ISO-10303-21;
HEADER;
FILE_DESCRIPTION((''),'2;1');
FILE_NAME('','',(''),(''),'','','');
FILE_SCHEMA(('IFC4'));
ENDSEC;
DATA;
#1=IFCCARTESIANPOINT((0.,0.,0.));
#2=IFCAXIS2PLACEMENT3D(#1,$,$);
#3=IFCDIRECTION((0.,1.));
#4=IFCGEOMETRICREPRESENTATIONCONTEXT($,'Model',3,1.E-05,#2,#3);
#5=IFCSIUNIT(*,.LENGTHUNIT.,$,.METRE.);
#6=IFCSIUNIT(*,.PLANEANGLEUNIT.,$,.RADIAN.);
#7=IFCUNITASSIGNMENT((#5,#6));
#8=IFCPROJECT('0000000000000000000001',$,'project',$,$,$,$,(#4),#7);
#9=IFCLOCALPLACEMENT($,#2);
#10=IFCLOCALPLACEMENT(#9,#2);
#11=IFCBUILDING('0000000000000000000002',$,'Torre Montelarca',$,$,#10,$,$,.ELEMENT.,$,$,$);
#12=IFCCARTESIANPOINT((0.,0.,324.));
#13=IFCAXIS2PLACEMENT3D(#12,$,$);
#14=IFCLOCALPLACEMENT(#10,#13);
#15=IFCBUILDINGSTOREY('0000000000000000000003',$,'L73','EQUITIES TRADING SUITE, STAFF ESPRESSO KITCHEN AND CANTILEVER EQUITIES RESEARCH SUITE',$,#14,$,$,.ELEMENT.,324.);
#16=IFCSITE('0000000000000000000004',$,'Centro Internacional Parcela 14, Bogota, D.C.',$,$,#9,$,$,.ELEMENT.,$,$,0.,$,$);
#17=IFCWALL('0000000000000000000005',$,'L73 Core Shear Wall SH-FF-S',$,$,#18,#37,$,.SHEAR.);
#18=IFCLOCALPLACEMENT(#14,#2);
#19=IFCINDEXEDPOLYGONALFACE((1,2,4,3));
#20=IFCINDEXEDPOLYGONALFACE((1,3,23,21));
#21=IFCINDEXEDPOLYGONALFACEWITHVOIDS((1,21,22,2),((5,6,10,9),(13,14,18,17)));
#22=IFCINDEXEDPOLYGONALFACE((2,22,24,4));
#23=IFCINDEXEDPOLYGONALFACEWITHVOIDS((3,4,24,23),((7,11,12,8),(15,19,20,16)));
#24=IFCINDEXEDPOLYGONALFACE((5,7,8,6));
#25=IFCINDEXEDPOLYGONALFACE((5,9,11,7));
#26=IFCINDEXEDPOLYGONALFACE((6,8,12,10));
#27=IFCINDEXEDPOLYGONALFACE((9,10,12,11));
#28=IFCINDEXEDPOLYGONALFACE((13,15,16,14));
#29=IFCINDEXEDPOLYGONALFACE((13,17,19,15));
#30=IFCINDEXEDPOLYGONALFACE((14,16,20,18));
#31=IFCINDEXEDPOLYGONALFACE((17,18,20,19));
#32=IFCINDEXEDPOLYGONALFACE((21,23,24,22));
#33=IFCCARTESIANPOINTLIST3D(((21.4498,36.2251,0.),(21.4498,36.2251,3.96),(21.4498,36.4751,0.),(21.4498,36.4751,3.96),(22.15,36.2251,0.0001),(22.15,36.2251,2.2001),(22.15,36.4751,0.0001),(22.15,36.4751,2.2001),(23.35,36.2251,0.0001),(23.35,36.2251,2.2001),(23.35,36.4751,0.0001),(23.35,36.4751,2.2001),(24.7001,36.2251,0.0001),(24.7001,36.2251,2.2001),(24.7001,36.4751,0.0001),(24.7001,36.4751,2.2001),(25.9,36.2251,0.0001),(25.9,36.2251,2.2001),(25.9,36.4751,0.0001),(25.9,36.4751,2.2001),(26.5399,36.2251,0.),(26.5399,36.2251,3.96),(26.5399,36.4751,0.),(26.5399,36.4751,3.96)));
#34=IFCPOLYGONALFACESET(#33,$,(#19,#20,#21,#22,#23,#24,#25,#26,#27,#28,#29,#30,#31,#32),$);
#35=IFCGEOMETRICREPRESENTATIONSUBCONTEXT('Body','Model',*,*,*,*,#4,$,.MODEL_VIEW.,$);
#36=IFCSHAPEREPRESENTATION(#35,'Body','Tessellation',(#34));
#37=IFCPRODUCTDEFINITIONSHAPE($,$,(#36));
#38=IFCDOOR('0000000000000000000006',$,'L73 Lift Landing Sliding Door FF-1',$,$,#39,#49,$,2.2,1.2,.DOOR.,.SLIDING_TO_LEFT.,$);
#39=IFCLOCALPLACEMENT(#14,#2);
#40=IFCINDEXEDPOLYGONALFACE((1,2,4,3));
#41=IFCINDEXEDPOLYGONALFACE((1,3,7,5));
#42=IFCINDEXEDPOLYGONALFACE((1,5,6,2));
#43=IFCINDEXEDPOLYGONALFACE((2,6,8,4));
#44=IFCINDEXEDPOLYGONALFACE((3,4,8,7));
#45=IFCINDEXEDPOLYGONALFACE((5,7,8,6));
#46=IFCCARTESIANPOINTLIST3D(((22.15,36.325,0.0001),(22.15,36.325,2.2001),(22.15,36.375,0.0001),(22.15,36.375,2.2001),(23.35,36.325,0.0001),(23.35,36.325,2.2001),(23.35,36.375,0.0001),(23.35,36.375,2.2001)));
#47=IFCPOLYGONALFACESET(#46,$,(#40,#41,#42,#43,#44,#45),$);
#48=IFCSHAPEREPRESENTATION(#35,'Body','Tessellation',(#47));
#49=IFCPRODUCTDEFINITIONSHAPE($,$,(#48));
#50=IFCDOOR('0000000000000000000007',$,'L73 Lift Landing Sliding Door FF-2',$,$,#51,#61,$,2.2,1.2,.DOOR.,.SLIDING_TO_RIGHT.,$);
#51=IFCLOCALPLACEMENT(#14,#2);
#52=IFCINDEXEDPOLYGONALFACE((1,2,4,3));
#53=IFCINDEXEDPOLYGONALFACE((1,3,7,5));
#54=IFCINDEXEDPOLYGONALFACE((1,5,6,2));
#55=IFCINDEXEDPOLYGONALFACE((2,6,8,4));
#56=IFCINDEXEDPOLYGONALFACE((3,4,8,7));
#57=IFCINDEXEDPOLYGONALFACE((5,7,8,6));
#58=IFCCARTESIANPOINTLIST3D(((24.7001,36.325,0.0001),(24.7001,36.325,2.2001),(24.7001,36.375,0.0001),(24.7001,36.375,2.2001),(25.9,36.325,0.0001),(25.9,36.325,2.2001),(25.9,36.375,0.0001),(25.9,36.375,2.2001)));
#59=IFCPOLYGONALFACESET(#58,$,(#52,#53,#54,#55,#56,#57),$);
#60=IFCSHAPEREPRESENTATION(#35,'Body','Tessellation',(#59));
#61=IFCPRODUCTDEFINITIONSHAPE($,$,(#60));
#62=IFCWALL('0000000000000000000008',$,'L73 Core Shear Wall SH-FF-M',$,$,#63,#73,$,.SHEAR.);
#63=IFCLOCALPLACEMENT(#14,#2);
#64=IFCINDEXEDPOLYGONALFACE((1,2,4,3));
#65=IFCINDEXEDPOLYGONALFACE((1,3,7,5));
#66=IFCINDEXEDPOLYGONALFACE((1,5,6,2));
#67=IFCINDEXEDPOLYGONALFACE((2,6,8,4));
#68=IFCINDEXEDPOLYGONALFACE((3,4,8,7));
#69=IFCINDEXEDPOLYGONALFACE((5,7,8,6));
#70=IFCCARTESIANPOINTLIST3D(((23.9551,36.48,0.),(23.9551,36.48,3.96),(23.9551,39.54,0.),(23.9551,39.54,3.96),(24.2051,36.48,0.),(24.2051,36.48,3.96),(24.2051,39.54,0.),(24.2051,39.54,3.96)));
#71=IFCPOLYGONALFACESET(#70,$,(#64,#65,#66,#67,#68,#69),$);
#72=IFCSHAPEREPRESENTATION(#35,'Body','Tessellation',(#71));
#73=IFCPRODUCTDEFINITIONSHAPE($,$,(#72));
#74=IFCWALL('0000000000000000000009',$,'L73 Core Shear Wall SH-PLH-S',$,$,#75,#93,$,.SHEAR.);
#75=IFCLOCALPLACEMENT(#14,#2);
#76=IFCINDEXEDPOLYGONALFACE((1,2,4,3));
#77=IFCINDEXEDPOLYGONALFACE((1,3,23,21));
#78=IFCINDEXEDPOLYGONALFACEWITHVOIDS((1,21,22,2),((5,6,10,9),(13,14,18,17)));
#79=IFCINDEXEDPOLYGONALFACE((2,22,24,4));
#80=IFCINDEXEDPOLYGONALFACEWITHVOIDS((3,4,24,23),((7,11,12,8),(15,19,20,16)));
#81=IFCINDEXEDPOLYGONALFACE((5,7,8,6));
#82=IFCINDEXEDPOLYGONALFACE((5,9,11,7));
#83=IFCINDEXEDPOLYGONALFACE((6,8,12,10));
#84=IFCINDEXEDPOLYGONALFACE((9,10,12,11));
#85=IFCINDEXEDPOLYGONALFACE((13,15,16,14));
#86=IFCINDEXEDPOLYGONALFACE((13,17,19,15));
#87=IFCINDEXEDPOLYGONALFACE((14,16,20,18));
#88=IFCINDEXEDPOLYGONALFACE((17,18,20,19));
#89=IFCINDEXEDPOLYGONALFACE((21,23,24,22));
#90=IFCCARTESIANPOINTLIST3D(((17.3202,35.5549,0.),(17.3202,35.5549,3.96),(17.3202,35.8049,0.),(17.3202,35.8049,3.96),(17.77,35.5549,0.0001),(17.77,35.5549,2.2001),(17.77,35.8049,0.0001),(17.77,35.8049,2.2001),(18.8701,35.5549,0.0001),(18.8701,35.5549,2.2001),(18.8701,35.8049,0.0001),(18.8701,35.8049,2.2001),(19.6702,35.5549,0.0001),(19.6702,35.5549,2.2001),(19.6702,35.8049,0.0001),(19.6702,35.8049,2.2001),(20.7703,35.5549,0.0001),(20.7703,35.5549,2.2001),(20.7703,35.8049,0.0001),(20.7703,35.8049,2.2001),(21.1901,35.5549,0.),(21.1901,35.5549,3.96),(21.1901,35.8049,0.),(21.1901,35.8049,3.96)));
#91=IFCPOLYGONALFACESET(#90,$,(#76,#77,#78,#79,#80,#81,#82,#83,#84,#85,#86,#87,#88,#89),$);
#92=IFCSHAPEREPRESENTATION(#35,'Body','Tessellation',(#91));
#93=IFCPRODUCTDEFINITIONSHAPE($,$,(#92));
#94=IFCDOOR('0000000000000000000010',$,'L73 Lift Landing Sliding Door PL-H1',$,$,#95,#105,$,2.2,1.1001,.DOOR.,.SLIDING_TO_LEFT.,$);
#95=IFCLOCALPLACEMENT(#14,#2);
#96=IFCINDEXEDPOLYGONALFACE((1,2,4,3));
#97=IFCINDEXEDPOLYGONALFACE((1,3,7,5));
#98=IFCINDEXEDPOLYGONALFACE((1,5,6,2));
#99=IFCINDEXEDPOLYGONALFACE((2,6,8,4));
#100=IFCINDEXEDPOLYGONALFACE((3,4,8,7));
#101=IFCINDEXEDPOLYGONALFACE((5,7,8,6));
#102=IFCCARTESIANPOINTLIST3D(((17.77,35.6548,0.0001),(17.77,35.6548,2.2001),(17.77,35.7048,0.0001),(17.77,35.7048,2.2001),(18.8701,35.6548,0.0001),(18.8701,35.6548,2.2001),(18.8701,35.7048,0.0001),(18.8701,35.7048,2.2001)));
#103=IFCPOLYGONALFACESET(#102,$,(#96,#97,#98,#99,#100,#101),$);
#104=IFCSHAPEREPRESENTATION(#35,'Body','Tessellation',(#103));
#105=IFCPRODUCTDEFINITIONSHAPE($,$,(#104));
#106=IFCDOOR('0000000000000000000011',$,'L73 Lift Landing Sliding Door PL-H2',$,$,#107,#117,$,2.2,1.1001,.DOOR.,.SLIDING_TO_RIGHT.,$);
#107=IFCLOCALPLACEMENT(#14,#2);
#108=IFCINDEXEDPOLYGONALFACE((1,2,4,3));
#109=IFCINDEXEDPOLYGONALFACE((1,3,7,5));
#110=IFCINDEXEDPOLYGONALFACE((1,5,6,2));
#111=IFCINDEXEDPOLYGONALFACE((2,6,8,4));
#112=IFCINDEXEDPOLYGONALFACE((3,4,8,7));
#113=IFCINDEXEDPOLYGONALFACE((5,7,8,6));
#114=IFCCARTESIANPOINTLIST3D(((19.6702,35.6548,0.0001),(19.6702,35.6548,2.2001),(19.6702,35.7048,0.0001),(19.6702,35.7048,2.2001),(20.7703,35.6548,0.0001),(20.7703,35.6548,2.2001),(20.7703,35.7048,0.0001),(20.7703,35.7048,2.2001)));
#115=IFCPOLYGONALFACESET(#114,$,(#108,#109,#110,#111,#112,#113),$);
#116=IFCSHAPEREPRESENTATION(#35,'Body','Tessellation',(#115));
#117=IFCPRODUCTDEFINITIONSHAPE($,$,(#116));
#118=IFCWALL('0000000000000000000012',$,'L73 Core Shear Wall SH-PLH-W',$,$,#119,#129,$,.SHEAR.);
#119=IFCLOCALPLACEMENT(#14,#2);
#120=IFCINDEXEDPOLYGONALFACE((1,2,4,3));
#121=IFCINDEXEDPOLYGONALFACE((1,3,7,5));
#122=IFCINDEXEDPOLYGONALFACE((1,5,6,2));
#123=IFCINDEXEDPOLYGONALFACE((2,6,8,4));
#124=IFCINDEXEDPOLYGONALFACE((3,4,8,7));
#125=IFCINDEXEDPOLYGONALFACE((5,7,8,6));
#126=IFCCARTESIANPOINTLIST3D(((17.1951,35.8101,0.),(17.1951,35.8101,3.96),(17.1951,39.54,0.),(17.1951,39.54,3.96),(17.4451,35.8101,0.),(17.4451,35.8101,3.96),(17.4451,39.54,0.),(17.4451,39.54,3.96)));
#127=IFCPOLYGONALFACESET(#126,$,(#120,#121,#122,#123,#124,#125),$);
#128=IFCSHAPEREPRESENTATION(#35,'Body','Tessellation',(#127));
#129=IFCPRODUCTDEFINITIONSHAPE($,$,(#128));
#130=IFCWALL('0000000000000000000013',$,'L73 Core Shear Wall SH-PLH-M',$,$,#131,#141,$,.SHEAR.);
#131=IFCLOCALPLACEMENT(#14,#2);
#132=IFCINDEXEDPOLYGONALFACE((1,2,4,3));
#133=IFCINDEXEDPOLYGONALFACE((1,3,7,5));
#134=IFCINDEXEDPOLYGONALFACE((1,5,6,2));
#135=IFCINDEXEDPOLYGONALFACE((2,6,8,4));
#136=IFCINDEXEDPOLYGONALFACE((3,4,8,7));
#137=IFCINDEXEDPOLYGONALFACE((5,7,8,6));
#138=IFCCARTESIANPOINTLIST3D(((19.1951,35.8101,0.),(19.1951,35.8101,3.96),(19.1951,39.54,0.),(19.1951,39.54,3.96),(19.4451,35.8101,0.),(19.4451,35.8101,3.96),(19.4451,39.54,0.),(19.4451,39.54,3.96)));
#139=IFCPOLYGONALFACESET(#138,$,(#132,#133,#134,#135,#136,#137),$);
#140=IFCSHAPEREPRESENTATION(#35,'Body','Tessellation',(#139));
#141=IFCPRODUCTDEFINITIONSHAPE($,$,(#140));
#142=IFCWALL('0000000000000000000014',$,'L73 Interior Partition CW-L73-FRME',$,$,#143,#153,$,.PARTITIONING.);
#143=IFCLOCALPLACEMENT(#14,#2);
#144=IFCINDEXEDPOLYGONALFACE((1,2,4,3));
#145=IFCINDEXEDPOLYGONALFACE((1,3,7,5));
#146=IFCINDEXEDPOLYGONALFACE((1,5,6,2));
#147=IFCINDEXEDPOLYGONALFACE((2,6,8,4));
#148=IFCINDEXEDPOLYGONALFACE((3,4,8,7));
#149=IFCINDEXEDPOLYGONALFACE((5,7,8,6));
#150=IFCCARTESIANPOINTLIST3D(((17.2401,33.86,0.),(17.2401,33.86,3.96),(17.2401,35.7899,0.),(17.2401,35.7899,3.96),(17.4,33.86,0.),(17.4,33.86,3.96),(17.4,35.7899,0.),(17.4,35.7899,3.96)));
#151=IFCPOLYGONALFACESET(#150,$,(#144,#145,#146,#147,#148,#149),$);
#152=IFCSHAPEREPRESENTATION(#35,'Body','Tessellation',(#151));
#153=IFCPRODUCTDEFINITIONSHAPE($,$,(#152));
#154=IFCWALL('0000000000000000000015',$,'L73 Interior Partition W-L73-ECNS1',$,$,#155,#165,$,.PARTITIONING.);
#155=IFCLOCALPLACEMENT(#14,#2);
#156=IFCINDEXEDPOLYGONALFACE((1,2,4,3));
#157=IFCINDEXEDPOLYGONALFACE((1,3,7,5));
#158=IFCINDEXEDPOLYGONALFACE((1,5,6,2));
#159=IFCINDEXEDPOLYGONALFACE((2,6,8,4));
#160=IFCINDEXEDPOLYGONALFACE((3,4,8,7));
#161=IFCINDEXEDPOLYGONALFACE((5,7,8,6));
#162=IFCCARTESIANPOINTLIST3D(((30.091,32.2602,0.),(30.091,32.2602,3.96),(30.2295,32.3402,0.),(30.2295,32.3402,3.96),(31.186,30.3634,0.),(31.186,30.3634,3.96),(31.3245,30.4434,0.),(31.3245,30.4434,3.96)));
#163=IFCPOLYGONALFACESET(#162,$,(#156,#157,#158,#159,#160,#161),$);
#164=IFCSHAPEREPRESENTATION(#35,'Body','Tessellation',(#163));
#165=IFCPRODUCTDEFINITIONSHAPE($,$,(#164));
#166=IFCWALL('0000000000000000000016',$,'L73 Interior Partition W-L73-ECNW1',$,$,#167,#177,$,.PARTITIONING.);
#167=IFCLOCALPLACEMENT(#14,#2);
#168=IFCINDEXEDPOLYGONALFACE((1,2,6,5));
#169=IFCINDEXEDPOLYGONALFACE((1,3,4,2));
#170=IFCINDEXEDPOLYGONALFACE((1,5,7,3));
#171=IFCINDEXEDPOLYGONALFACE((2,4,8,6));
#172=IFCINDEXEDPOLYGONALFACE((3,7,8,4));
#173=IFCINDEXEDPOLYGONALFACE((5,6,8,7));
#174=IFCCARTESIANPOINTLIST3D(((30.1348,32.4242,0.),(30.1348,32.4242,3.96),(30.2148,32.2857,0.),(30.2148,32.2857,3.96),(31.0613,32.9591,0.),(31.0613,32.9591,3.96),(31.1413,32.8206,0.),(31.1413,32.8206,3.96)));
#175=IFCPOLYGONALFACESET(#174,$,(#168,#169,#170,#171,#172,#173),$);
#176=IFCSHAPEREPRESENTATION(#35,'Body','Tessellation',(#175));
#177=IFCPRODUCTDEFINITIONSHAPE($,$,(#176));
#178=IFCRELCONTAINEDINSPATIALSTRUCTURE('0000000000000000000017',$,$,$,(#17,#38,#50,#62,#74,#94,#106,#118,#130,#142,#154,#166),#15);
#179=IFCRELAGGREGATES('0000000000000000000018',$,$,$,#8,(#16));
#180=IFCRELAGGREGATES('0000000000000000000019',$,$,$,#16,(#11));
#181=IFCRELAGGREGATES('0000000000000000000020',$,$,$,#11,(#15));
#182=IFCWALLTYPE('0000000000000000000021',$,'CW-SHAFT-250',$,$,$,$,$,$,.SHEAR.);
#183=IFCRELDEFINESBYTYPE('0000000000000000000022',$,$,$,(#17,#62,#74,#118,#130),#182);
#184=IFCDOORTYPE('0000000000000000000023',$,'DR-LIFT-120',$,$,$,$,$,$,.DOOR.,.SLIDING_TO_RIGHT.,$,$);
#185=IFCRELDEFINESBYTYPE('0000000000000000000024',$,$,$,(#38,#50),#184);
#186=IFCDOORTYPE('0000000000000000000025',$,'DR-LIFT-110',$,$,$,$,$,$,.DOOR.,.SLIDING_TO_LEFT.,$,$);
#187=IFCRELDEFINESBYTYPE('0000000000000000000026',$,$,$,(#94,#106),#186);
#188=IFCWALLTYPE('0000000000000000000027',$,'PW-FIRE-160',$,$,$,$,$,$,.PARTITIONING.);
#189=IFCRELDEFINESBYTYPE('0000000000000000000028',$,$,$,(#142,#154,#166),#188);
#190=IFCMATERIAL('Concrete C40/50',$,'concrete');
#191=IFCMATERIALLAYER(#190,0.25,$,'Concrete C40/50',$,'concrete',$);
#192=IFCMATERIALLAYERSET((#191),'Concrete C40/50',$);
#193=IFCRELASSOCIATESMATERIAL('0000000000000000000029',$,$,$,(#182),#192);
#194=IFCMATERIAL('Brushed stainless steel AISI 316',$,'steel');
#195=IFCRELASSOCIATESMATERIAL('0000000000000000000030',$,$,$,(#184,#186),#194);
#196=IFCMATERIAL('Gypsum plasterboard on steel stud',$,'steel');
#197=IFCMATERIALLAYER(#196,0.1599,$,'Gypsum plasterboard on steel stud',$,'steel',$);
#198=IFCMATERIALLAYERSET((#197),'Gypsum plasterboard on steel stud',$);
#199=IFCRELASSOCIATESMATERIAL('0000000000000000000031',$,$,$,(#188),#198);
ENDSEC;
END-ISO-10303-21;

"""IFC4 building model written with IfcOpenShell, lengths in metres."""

from ifc_helpers import new_model, si_unit, direction, frame, frame_2d, origin, place, context, subcontext, project, spatial, rectangle, extrude, source, transform, mapped, material, layer, layer_set, type_object, element, fill, save


model = new_model("IFC4")

# Units and contexts
model_context = context("Model", 3, precision=1e-05, world=origin(), true_north=direction((0.0, 1.0)))
body_context = subcontext(model_context, "Body", "Model", "MODEL_VIEW")
ifc_project = project(units=[si_unit("LENGTHUNIT", "METRE"), si_unit("PLANEANGLEUNIT", "RADIAN")], contexts=[model_context])

# Site, building, storey
site_placement = place(None, origin())
site = spatial("IfcSite", under=ifc_project, at=site_placement, Name="Centro Internacional Parcela 14, Bogota, D.C.", CompositionType="ELEMENT", RefElevation=0.0)
building_placement = place(site_placement, origin())
building = spatial("IfcBuilding", under=site, at=building_placement, Name="Torre Montelarca", CompositionType="ELEMENT")
storey_placement = place(building_placement, frame((0.0, 0.0, 324.0)))
storey = spatial("IfcBuildingStorey", under=building, at=storey_placement, Name="L73", Description="EQUITIES TRADING SUITE, STAFF ESPRESSO KITCHEN AND CANTILEVER EQUITIES RESEARCH SUITE", CompositionType="ELEMENT", Elevation=324.0)

# Shared definitions
ifc_material_1 = material(Name="Concrete C40/50", Category="concrete")

# Shared definitions
ifc_layer_1 = layer(ifc_material_1, 0.25, Name="Concrete C40/50", Category="concrete")
ifc_layer_set_1 = layer_set([ifc_layer_1], Name="Concrete C40/50")
wall_type_1 = type_object("IfcWallType", Name="CW-SHAFT-250", PredefinedType="SHEAR", material=ifc_layer_set_1)

# Wall, openings, doors
wall_1_placement = place(storey_placement, frame((21.45, 36.3501, 0.0), z_axis=(0.0, 0.0, 1.0), x_axis=(1.0, 0.0, 0.0)))
wall_1 = element("IfcWall", 1, at=wall_1_placement, inside=storey, type_object=wall_type_1, Name="L73 Core Shear Wall SH-FF-S", PredefinedType="SHEAR", context=body_context, shape_type="SweptSolid", body=[
    extrude(rectangle(XDim=5.0901, YDim=0.25, at=frame_2d((2.5449, 0.0))), origin(), (0.0, 0.0, 1.0), 3.96),
])
opening_1_placement = place(wall_1_placement, frame((0.7, 0.0, 0.0)))
opening_1 = element("IfcOpeningElement", 2, at=opening_1_placement, cuts=wall_1, PredefinedType="OPENING", context=body_context, shape_type="SweptSolid", body=[
    extrude(rectangle(XDim=1.2, YDim=2.2, at=frame_2d((0.6001, 1.1001))), frame((0.0, 0.135, 0.0), z_axis=(0.0, -1.0, 0.0), x_axis=(1.0, 0.0, 0.0)), (0.0, 0.0, 1.0), 0.27),
])
opening_2_placement = place(wall_1_placement, frame((3.25, 0.0, 0.0)))
opening_2 = element("IfcOpeningElement", 3, at=opening_2_placement, cuts=wall_1, PredefinedType="OPENING", context=body_context, shape_type="SweptSolid", body=[
    extrude(rectangle(XDim=1.2, YDim=2.2, at=frame_2d((0.6001, 1.1001))), frame((0.0, 0.135, 0.0), z_axis=(0.0, -1.0, 0.0), x_axis=(1.0, 0.0, 0.0)), (0.0, 0.0, 1.0), 0.27),
])
ifc_material_2 = material(Name="Brushed stainless steel AISI 316", Category="steel")
door_type_1 = type_object("IfcDoorType", Name="DR-LIFT-120", OperationType="SLIDING_TO_RIGHT", PredefinedType="DOOR", material=ifc_material_2)
shared_shape_1 = source(origin(), body_context, "Body", "SweptSolid", [
    extrude(rectangle(XDim=1.2, YDim=2.2, at=frame_2d((0.6001, 1.1001))), frame((0.0, 0.0249, 0.0), z_axis=(0.0, -1.0, 0.0), x_axis=(1.0, 0.0, 0.0)), (0.0, 0.0, 1.0), 0.05),
])
door_1_placement = place(opening_1_placement, origin())
door_1 = element("IfcDoor", 4, at=door_1_placement, inside=storey, type_object=door_type_1, Name="L73 Lift Landing Sliding Door FF-1", OperationType="SLIDING_TO_LEFT", OverallHeight=2.2, OverallWidth=1.2, PredefinedType="DOOR", context=body_context, shape_type="MappedRepresentation", body=[
    mapped(shared_shape_1, transform((0.0, 0.0, 0.0), scale=1.0)),
])
fill(opening_1, door_1)
door_2_placement = place(opening_2_placement, origin())
door_2 = element("IfcDoor", 5, at=door_2_placement, inside=storey, type_object=door_type_1, Name="L73 Lift Landing Sliding Door FF-2", OperationType="SLIDING_TO_RIGHT", OverallHeight=2.2, OverallWidth=1.2, PredefinedType="DOOR", context=body_context, shape_type="MappedRepresentation", body=[
    mapped(shared_shape_1, transform((0.0, 0.0, 0.0), scale=1.0)),
])
fill(opening_2, door_2)

# Wall
wall_2_placement = place(storey_placement, frame((24.0801, 36.48, 0.0), z_axis=(0.0, 0.0, 1.0), x_axis=(0.0, 1.0, 0.0)))
element("IfcWall", 6, at=wall_2_placement, inside=storey, type_object=wall_type_1, Name="L73 Core Shear Wall SH-FF-M", PredefinedType="SHEAR", context=body_context, shape_type="SweptSolid", body=[
    extrude(rectangle(XDim=3.0601, YDim=0.25, at=frame_2d((1.53, 0.0))), origin(), (0.0, 0.0, 1.0), 3.96),
])

# Wall, openings, doors
wall_3_placement = place(storey_placement, frame((17.3201, 35.6799, 0.0), z_axis=(0.0, 0.0, 1.0), x_axis=(1.0, 0.0, 0.0)))
wall_3 = element("IfcWall", 7, at=wall_3_placement, inside=storey, type_object=wall_type_1, Name="L73 Core Shear Wall SH-PLH-S", PredefinedType="SHEAR", context=body_context, shape_type="SweptSolid", body=[
    extrude(rectangle(XDim=3.8699, YDim=0.25, at=frame_2d((1.9351, 0.0))), origin(), (0.0, 0.0, 1.0), 3.96),
])
opening_3_placement = place(wall_3_placement, frame((0.45, 0.0, 0.0)))
opening_3 = element("IfcOpeningElement", 8, at=opening_3_placement, cuts=wall_3, PredefinedType="OPENING", context=body_context, shape_type="SweptSolid", body=[
    extrude(rectangle(XDim=1.1001, YDim=2.2, at=frame_2d((0.55, 1.1001))), frame((0.0, 0.135, 0.0), z_axis=(0.0, -1.0, 0.0), x_axis=(1.0, 0.0, 0.0)), (0.0, 0.0, 1.0), 0.27),
])
opening_4_placement = place(wall_3_placement, frame((2.3501, 0.0, 0.0)))
opening_4 = element("IfcOpeningElement", 9, at=opening_4_placement, cuts=wall_3, PredefinedType="OPENING", context=body_context, shape_type="SweptSolid", body=[
    extrude(rectangle(XDim=1.1001, YDim=2.2, at=frame_2d((0.55, 1.1001))), frame((0.0, 0.135, 0.0), z_axis=(0.0, -1.0, 0.0), x_axis=(1.0, 0.0, 0.0)), (0.0, 0.0, 1.0), 0.27),
])
door_type_2 = type_object("IfcDoorType", Name="DR-LIFT-110", OperationType="SLIDING_TO_LEFT", PredefinedType="DOOR", material=ifc_material_2)
shared_shape_2 = source(origin(), body_context, "Body", "SweptSolid", [
    extrude(rectangle(XDim=1.1001, YDim=2.2, at=frame_2d((0.55, 1.1001))), frame((0.0, 0.0249, 0.0), z_axis=(0.0, -1.0, 0.0), x_axis=(1.0, 0.0, 0.0)), (0.0, 0.0, 1.0), 0.05),
])
door_3_placement = place(opening_3_placement, origin())
door_3 = element("IfcDoor", 10, at=door_3_placement, inside=storey, type_object=door_type_2, Name="L73 Lift Landing Sliding Door PL-H1", OperationType="SLIDING_TO_LEFT", OverallHeight=2.2, OverallWidth=1.1001, PredefinedType="DOOR", context=body_context, shape_type="MappedRepresentation", body=[
    mapped(shared_shape_2, transform((0.0, 0.0, 0.0), scale=1.0)),
])
fill(opening_3, door_3)
door_4_placement = place(opening_4_placement, origin())
door_4 = element("IfcDoor", 11, at=door_4_placement, inside=storey, type_object=door_type_2, Name="L73 Lift Landing Sliding Door PL-H2", OperationType="SLIDING_TO_RIGHT", OverallHeight=2.2, OverallWidth=1.1001, PredefinedType="DOOR", context=body_context, shape_type="MappedRepresentation", body=[
    mapped(shared_shape_2, transform((0.0, 0.0, 0.0), scale=1.0)),
])
fill(opening_4, door_4)

# Walls
for number, where, z_axis, x_axis, name in (
    (12, (17.3201, 35.8101, 0.0), (0.0, 0.0, 1.0), (0.0, 1.0, 0.0), "L73 Core Shear Wall SH-PLH-W"),
    (13, (19.3201, 35.8101, 0.0), (0.0, 0.0, 1.0), (0.0, 1.0, 0.0), "L73 Core Shear Wall SH-PLH-M"),
):
    element("IfcWall", number, at=place(storey_placement, frame(where, z_axis=z_axis, x_axis=x_axis)), inside=storey, type_object=wall_type_1, Name=name, PredefinedType="SHEAR", context=body_context, shape_type="SweptSolid", body=[
        extrude(rectangle(XDim=3.73, YDim=0.25, at=frame_2d((1.865, 0.0))), origin(), (0.0, 0.0, 1.0), 3.96),
    ])
ifc_material_3 = material(Name="Gypsum plasterboard on steel stud", Category="steel")
ifc_layer_2 = layer(ifc_material_3, 0.1599, Name="Gypsum plasterboard on steel stud", Category="steel")
ifc_layer_set_2 = layer_set([ifc_layer_2], Name="Gypsum plasterboard on steel stud")
wall_type_2 = type_object("IfcWallType", Name="PW-FIRE-160", PredefinedType="PARTITIONING", material=ifc_layer_set_2)
wall_4_placement = place(storey_placement, frame((17.3201, 33.8601, 0.0), z_axis=(0.0, 0.0, 1.0), x_axis=(0.0, 1.0, 0.0)))
element("IfcWall", 14, at=wall_4_placement, inside=storey, type_object=wall_type_2, Name="L73 Interior Partition CW-L73-FRME", PredefinedType="PARTITIONING", context=body_context, shape_type="SweptSolid", body=[
    extrude(rectangle(XDim=1.9299, YDim=0.1599, at=frame_2d((0.9648, 0.0))), origin(), (0.0, 0.0, 1.0), 3.96),
])
wall_5_placement = place(storey_placement, frame((30.1602, 32.3003, 0.0), z_axis=(0.0, 0.0, 1.0), x_axis=(0.499964, -0.866046, 0.0)))
element("IfcWall", 15, at=wall_5_placement, inside=storey, type_object=wall_type_2, Name="L73 Interior Partition W-L73-ECNS1", PredefinedType="PARTITIONING", context=body_context, shape_type="SweptSolid", body=[
    extrude(rectangle(XDim=2.1902, YDim=0.1599, at=frame_2d((1.0952, 0.0))), origin(), (0.0, 0.0, 1.0), 3.96),
])
wall_6_placement = place(storey_placement, frame((30.1748, 32.355, 0.0), z_axis=(0.0, 0.0, 1.0), x_axis=(0.86603, 0.499992, 0.0)))
element("IfcWall", 16, at=wall_6_placement, inside=storey, type_object=wall_type_2, Name="L73 Interior Partition W-L73-ECNW1", PredefinedType="PARTITIONING", context=body_context, shape_type="SweptSolid", body=[
    extrude(rectangle(XDim=1.0698, YDim=0.1599, at=frame_2d((0.5349, 0.0))), origin(), (0.0, 0.0, 1.0), 3.96),
])

save(model, "model.ifc")
